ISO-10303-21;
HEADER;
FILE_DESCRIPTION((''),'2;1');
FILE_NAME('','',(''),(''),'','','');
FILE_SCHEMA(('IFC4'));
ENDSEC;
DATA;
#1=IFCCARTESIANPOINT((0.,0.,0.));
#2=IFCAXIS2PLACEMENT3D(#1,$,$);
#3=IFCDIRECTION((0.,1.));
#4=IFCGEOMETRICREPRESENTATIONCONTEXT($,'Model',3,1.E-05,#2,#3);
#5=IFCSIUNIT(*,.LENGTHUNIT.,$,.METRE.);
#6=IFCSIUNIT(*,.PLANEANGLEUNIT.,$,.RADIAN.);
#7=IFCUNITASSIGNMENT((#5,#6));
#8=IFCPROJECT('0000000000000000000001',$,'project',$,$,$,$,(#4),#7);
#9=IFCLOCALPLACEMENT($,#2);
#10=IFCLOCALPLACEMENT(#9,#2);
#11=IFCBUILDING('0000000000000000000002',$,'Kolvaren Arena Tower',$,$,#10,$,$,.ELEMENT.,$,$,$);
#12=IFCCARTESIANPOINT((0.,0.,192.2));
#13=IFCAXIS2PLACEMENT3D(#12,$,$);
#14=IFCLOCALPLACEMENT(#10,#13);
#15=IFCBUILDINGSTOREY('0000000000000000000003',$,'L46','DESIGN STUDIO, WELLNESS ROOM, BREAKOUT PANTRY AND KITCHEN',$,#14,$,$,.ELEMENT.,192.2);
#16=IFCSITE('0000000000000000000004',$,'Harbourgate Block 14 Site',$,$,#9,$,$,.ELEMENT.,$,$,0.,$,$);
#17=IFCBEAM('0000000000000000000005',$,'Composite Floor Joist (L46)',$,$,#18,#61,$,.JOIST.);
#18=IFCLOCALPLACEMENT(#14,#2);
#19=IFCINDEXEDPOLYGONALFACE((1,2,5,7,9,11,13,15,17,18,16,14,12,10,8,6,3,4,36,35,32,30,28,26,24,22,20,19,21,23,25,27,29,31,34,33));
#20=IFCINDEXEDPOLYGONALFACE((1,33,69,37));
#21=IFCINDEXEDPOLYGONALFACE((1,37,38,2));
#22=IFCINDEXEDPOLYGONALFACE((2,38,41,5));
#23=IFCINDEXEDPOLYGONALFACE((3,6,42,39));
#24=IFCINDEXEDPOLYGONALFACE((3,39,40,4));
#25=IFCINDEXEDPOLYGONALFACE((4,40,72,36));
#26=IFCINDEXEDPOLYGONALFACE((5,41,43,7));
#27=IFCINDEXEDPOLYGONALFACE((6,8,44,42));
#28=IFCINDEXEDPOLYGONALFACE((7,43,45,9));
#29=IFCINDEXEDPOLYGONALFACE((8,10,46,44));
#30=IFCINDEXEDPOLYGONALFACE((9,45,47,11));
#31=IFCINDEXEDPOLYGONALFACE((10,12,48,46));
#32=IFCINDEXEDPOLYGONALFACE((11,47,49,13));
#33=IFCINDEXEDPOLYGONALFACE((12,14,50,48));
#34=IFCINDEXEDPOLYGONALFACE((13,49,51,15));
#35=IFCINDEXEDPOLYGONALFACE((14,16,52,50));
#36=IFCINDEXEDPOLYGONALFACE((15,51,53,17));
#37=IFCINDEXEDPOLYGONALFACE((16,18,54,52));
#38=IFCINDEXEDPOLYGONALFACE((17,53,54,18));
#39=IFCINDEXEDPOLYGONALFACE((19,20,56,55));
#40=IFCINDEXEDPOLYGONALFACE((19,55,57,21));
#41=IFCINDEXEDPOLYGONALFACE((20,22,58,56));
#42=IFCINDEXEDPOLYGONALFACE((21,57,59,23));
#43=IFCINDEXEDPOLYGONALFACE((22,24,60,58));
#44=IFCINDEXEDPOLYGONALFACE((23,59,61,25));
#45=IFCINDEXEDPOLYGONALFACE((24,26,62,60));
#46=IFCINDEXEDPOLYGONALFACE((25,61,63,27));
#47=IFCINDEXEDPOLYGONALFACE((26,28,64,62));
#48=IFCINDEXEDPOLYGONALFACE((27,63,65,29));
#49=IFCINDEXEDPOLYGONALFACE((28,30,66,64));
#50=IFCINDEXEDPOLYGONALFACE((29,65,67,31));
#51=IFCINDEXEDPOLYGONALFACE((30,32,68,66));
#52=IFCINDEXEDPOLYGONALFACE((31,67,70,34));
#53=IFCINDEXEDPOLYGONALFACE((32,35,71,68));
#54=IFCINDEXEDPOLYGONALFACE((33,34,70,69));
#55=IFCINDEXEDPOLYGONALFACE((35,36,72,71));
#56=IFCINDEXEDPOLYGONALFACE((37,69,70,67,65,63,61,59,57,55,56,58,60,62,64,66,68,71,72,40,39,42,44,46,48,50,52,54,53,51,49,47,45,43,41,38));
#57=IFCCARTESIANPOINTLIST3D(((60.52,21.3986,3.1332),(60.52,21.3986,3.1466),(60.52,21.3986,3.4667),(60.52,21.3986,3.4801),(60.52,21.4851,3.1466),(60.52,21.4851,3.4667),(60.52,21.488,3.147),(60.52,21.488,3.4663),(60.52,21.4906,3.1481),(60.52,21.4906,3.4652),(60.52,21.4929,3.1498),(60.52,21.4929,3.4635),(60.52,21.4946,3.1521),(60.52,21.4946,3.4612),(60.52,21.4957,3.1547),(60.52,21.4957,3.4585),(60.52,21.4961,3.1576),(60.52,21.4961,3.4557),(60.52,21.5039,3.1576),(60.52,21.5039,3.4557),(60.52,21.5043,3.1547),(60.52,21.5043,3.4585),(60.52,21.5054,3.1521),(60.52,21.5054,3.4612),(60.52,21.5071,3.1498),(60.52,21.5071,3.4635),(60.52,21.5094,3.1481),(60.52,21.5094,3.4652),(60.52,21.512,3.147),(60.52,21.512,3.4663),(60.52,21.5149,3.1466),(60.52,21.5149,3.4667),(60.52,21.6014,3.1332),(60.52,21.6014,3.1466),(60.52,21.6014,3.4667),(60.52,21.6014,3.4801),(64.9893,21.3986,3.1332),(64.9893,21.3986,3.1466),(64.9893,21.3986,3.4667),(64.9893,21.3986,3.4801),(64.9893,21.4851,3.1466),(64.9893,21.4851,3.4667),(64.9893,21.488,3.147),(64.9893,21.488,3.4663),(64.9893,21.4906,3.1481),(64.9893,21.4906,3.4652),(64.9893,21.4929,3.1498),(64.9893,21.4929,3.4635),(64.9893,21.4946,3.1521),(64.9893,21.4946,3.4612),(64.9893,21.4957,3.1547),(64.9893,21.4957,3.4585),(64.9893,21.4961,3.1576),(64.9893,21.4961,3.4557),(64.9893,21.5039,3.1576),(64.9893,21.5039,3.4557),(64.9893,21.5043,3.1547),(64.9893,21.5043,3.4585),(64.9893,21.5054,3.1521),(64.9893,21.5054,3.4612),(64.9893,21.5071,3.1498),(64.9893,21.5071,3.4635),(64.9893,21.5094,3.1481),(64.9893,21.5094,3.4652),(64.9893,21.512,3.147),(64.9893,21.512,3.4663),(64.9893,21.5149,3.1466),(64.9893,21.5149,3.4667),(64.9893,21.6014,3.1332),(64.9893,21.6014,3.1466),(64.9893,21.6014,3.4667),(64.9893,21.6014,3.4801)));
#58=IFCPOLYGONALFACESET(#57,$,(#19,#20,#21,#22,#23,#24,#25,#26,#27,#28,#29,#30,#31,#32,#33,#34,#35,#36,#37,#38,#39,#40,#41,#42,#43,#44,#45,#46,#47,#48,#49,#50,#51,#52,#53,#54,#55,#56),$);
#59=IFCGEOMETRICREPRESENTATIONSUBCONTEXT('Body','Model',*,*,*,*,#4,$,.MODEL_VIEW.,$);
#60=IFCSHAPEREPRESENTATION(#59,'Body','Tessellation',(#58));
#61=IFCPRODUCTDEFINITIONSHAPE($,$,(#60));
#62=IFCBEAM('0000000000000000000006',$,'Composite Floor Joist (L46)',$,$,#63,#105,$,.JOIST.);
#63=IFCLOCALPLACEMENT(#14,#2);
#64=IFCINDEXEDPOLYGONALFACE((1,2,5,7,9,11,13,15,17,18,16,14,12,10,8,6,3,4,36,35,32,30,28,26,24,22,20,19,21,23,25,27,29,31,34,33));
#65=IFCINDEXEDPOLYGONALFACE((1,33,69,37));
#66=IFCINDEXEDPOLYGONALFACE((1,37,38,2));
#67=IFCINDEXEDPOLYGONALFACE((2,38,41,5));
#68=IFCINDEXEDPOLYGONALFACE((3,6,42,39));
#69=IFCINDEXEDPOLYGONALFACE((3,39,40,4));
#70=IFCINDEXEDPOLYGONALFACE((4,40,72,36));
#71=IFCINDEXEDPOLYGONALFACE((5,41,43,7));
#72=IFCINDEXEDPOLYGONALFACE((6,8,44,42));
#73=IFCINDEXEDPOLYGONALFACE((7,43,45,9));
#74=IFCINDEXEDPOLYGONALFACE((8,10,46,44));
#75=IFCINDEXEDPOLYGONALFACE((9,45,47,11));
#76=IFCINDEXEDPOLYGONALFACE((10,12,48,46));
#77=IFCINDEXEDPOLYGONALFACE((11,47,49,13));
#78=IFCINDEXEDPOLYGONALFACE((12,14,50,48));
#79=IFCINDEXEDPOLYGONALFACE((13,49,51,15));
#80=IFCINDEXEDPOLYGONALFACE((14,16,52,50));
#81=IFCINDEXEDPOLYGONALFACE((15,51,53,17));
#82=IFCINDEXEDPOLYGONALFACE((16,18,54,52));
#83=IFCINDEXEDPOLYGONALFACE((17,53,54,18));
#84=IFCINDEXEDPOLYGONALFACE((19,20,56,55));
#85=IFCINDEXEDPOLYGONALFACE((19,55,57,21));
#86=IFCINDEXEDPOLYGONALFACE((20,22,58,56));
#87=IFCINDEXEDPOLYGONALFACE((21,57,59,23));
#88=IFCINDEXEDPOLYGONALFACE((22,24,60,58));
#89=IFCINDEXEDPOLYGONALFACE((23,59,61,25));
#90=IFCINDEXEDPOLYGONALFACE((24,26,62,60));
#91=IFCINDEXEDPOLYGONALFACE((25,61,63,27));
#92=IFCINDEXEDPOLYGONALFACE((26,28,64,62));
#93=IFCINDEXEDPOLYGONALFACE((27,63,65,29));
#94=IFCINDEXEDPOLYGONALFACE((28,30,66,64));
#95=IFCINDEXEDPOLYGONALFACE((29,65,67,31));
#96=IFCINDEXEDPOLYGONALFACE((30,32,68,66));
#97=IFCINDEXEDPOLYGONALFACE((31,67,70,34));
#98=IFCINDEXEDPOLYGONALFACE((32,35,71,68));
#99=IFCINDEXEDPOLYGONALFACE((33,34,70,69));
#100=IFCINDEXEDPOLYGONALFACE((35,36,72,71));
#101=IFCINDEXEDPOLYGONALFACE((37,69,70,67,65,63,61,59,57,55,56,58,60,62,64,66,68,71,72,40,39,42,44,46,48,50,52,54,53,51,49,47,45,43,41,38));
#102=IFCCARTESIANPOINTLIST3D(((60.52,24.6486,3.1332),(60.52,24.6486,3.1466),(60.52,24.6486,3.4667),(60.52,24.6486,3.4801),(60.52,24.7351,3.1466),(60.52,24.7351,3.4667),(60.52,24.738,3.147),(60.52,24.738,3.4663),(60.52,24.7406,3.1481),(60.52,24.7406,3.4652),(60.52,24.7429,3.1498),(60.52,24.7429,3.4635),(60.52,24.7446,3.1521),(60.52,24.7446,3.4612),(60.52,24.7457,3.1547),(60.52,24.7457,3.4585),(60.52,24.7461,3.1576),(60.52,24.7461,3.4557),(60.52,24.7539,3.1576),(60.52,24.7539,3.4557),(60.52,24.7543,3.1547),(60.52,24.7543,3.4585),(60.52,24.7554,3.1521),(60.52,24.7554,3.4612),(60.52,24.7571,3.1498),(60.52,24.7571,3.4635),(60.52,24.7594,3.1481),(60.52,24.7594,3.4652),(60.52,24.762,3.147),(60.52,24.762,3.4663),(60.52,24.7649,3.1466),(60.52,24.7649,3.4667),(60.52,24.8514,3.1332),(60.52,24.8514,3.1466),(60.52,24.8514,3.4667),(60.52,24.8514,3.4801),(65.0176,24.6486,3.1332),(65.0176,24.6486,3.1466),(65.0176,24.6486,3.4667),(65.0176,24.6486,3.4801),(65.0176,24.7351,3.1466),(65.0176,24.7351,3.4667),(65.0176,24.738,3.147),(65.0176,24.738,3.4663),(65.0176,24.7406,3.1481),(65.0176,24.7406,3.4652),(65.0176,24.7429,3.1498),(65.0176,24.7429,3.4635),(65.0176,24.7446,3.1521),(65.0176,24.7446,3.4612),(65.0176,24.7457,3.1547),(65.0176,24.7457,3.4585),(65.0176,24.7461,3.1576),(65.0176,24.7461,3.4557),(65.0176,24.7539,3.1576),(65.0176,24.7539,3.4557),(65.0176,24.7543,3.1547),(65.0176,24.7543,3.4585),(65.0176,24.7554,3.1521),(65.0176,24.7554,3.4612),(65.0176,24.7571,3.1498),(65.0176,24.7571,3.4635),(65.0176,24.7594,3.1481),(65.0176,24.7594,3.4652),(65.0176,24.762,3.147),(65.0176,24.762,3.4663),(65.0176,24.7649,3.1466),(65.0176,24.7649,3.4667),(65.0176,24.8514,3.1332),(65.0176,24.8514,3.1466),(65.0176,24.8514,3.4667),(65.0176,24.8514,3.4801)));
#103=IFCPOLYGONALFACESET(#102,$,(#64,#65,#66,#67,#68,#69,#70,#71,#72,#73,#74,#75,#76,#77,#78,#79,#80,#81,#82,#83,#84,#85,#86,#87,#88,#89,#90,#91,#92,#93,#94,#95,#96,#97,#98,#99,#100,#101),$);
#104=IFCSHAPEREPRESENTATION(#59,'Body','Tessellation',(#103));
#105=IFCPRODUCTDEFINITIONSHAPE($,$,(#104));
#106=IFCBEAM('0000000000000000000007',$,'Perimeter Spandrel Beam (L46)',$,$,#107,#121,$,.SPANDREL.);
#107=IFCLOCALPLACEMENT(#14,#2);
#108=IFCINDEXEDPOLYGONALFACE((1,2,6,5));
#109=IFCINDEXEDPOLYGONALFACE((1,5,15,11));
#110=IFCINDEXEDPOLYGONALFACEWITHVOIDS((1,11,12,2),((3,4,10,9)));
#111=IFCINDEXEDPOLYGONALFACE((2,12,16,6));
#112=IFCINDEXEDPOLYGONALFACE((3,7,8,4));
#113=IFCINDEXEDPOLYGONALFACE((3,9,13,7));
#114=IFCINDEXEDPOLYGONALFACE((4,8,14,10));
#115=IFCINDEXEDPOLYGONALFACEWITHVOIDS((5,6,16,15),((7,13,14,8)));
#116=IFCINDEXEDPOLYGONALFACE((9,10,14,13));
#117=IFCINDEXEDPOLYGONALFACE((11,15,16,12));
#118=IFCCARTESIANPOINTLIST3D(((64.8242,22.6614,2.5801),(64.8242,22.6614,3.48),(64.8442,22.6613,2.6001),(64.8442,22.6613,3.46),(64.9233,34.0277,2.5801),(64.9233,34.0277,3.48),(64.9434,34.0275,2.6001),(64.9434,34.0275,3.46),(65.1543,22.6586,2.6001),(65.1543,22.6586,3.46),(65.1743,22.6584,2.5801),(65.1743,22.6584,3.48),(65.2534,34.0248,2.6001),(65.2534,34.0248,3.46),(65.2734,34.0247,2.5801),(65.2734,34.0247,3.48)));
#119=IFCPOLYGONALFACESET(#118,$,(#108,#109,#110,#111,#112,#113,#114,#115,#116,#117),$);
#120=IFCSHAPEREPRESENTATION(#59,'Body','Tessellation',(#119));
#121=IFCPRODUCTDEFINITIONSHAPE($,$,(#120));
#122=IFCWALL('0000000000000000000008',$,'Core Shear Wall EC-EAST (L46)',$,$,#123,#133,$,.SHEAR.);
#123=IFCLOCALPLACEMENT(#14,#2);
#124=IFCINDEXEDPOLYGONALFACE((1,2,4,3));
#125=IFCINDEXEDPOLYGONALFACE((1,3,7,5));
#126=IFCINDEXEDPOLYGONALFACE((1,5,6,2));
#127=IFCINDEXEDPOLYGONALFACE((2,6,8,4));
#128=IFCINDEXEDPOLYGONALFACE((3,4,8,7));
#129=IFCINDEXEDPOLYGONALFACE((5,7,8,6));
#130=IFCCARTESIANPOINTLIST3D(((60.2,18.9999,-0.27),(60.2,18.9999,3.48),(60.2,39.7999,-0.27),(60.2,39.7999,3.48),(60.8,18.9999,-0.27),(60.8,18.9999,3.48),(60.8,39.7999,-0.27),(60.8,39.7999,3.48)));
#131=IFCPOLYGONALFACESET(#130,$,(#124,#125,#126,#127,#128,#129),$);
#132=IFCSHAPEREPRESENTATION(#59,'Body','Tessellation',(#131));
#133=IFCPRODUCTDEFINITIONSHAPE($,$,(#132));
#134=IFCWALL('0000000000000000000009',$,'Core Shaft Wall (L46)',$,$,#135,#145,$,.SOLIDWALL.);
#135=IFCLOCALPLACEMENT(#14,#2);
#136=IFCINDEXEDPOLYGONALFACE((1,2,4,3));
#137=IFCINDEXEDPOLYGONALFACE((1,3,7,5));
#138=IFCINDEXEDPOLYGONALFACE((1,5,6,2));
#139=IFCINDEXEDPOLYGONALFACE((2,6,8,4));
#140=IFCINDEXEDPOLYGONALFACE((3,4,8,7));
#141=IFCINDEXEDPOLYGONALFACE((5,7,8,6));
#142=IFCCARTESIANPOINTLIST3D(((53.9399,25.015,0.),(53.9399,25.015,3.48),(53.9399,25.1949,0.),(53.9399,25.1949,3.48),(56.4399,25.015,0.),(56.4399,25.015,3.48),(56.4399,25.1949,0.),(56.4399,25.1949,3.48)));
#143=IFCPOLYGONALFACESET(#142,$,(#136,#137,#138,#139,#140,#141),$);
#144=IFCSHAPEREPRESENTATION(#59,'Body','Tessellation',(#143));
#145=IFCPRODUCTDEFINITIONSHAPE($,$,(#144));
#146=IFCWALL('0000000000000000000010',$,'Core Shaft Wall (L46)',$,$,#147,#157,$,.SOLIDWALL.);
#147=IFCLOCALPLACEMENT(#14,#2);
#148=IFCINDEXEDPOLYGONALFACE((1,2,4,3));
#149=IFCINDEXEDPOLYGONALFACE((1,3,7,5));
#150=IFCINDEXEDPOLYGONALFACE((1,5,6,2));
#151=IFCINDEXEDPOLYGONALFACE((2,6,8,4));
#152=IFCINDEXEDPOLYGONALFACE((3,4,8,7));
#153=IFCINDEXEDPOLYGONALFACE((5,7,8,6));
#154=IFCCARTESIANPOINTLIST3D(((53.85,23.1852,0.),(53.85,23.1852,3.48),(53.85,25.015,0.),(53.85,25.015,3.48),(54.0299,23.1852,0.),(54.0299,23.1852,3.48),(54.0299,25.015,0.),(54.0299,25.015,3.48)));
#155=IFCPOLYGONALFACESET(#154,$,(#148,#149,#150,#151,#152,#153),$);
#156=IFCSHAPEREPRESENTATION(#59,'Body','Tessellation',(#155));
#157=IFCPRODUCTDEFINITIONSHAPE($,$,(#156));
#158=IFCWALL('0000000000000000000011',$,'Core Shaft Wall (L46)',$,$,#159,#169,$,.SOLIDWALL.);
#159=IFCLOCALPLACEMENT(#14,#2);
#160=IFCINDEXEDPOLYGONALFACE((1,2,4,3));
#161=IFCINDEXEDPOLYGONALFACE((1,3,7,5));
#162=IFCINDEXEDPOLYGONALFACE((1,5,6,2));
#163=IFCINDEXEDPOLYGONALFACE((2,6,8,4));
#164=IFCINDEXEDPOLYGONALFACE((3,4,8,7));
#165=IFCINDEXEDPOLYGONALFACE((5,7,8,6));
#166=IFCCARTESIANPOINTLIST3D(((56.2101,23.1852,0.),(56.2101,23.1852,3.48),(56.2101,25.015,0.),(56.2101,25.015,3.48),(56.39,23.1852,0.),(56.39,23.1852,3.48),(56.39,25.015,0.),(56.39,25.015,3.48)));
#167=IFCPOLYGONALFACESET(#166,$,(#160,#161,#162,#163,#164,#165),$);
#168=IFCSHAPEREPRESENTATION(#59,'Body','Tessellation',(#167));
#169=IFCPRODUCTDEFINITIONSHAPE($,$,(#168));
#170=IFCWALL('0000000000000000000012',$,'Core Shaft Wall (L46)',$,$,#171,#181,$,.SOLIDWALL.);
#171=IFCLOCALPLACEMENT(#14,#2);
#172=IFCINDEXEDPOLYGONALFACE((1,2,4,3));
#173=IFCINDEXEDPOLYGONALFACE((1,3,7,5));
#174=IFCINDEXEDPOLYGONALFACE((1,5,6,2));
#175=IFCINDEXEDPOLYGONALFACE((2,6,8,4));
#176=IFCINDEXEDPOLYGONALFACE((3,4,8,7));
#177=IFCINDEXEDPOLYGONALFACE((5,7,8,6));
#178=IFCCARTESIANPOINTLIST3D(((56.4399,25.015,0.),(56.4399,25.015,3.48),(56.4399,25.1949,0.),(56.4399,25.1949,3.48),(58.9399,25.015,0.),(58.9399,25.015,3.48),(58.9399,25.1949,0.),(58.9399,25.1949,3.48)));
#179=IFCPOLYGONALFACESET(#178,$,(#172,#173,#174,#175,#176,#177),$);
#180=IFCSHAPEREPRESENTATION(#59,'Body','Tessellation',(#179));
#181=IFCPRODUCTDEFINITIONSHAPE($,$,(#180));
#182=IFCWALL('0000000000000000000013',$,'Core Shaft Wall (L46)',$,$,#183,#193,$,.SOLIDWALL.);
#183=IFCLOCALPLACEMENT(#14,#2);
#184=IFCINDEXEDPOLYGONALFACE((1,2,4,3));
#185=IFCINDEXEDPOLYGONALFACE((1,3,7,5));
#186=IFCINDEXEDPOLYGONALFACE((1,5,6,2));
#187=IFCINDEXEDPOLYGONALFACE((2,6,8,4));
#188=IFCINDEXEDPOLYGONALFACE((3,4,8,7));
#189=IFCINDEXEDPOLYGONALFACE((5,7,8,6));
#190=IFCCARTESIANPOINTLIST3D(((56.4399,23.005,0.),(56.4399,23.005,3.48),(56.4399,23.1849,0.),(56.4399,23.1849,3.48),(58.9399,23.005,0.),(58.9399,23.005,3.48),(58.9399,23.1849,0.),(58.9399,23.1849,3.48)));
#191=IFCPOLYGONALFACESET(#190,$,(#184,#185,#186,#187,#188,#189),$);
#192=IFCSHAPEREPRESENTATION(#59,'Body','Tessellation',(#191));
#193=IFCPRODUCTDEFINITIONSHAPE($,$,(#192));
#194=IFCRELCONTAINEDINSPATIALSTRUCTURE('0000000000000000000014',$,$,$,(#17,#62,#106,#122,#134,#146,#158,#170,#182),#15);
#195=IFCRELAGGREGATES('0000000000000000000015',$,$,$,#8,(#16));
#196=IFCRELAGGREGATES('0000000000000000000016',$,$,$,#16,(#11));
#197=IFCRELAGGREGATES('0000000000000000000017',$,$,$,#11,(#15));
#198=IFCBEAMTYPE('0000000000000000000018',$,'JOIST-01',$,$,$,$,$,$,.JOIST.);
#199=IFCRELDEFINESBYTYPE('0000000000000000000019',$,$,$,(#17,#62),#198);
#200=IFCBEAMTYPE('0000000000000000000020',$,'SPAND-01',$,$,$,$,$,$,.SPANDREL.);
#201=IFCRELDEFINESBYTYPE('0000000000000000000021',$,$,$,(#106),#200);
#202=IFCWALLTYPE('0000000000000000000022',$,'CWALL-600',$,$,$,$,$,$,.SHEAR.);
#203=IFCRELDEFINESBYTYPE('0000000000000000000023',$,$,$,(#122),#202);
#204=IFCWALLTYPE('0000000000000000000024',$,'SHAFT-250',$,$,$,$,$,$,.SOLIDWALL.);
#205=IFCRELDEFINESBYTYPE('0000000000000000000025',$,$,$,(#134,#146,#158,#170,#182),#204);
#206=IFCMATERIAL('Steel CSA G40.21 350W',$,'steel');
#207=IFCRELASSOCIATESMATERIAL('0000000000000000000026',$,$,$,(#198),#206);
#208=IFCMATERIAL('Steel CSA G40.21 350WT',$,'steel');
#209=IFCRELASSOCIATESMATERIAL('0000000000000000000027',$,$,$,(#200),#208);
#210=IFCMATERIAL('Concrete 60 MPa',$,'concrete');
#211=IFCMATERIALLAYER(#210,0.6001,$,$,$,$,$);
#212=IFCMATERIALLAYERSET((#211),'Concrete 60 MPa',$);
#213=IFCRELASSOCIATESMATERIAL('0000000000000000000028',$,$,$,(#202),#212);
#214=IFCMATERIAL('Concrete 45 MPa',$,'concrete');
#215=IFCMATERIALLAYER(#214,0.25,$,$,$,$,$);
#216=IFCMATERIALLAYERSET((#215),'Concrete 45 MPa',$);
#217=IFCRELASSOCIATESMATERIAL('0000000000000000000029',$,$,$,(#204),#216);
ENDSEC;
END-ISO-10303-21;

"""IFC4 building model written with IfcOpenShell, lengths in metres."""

from ifc_helpers import new_model, si_unit, direction, frame, frame_2d, origin, origin_2d, place, context, subcontext, project, spatial, rectangle, hollow_rectangle, i_section, extrude, material, layer, layer_set, material_profile, profile_set, type_object, element, save


model = new_model("IFC4")

# Units and contexts
model_context = context("Model", 3, precision=1e-05, world=origin(), true_north=direction((0.0, 1.0)))
body_context = subcontext(model_context, "Body", "Model", "MODEL_VIEW")
ifc_project = project(units=[si_unit("LENGTHUNIT", "METRE"), si_unit("PLANEANGLEUNIT", "RADIAN")], contexts=[model_context])

# Site, building, storey
site_placement = place(None, origin())
site = spatial("IfcSite", under=ifc_project, at=site_placement, Name="Harbourgate Block 14 Site", CompositionType="ELEMENT", RefElevation=0.0)
building_placement = place(site_placement, origin())
building = spatial("IfcBuilding", under=site, at=building_placement, Name="Kolvaren Arena Tower", CompositionType="ELEMENT")
storey_placement = place(building_placement, frame((0.0, 0.0, 192.2)))
storey = spatial("IfcBuildingStorey", under=building, at=storey_placement, Name="L46", Description="DESIGN STUDIO, WELLNESS ROOM, BREAKOUT PANTRY AND KITCHEN", CompositionType="ELEMENT", Elevation=192.2)

# Beams
ifc_material_1 = material(Name="Steel CSA G40.21 350W", Category="steel")
ifc_material_profile_1 = material_profile(ifc_material_1, i_section(OverallWidth=0.2029, OverallDepth=0.3469, WebThickness=0.0078, FlangeThickness=0.0134, FilletRadius=0.011, at=origin_2d()), Name="W360x64")
ifc_profile_set_1 = profile_set([ifc_material_profile_1], Name="Steel CSA G40.21 350W")
beam_type_1 = type_object("IfcBeamType", Name="JOIST-01", PredefinedType="JOIST", material=ifc_profile_set_1)
beam_1_placement = place(storey_placement, frame((60.52, 21.5, 3.3066), z_axis=(1.0, 0.0, 0.0), x_axis=(0.0, 1.0, 0.0)))
element("IfcBeam", 1, at=beam_1_placement, inside=storey, type_object=beam_type_1, Name="Composite Floor Joist (L46)", PredefinedType="JOIST", context=body_context, shape_type="SweptSolid", body=[
    extrude(i_section(OverallWidth=0.2029, OverallDepth=0.3469, WebThickness=0.0078, FlangeThickness=0.0134, FilletRadius=0.011, at=origin_2d()), origin(), (0.0, 0.0, 1.0), 4.4692),
])
beam_2_placement = place(storey_placement, frame((60.52, 24.75, 3.3066), z_axis=(1.0, 0.0, 0.0), x_axis=(0.0, 1.0, 0.0)))
element("IfcBeam", 2, at=beam_2_placement, inside=storey, type_object=beam_type_1, Name="Composite Floor Joist (L46)", PredefinedType="JOIST", context=body_context, shape_type="SweptSolid", body=[
    extrude(i_section(OverallWidth=0.2029, OverallDepth=0.3469, WebThickness=0.0078, FlangeThickness=0.0134, FilletRadius=0.011, at=origin_2d()), origin(), (0.0, 0.0, 1.0), 4.4976),
])
ifc_material_2 = material(Name="Steel CSA G40.21 350WT", Category="steel")
ifc_material_profile_2 = material_profile(ifc_material_2, hollow_rectangle(XDim=0.3501, YDim=0.8999, WallThickness=0.02, at=origin_2d()), Name="HSS 900x350x20")
ifc_profile_set_2 = profile_set([ifc_material_profile_2], Name="Steel CSA G40.21 350WT")
beam_type_2 = type_object("IfcBeamType", Name="SPAND-01", PredefinedType="SPANDREL", material=ifc_profile_set_2)
beam_3_placement = place(storey_placement, frame((64.9993, 22.6599, 3.03), z_axis=(0.00872, 0.999962, 0.0), x_axis=(-0.999962, 0.00872, 0.0)))
element("IfcBeam", 3, at=beam_3_placement, inside=storey, type_object=beam_type_2, Name="Perimeter Spandrel Beam (L46)", PredefinedType="SPANDREL", context=body_context, shape_type="SweptSolid", body=[
    extrude(hollow_rectangle(XDim=0.3501, YDim=0.8999, WallThickness=0.02, at=origin_2d()), origin(), (0.0, 0.0, 1.0), 11.3667),
])

# Walls
ifc_material_3 = material(Name="Concrete 60 MPa", Category="concrete")
ifc_layer_1 = layer(ifc_material_3, 0.6001)
ifc_layer_set_1 = layer_set([ifc_layer_1], Name="Concrete 60 MPa")
wall_type_1 = type_object("IfcWallType", Name="CWALL-600", PredefinedType="SHEAR", material=ifc_layer_set_1)
wall_1_placement = place(storey_placement, frame((60.5, 19.0, -0.27), z_axis=(0.0, 0.0, 1.0), x_axis=(0.0, 1.0, 0.0)))
element("IfcWall", 4, at=wall_1_placement, inside=storey, type_object=wall_type_1, Name="Core Shear Wall EC-EAST (L46)", PredefinedType="SHEAR", context=body_context, shape_type="SweptSolid", body=[
    extrude(rectangle(XDim=20.8, YDim=0.6001, at=frame_2d((10.3999, 0.0))), origin(), (0.0, 0.0, 1.0), 3.75),
])
ifc_material_4 = material(Name="Concrete 45 MPa", Category="concrete")
ifc_layer_2 = layer(ifc_material_4, 0.25)
ifc_layer_set_2 = layer_set([ifc_layer_2], Name="Concrete 45 MPa")
wall_type_2 = type_object("IfcWallType", Name="SHAFT-250", PredefinedType="SOLIDWALL", material=ifc_layer_set_2)
wall_2_placement = place(storey_placement, frame((53.9399, 25.105, 0.0), z_axis=(0.0, 0.0, 1.0), x_axis=(1.0, 0.0, 0.0)))
element("IfcWall", 5, at=wall_2_placement, inside=storey, type_object=wall_type_2, Name="Core Shaft Wall (L46)", PredefinedType="SOLIDWALL", context=body_context, shape_type="SweptSolid", body=[
    extrude(rectangle(XDim=2.5, YDim=0.1799, at=frame_2d((1.25, 0.0))), origin(), (0.0, 0.0, 1.0), 3.48),
])
for number, where, z_axis, x_axis, name in (
    (6, (53.9399, 23.1851, 0.0), (0.0, 0.0, 1.0), (0.0, 1.0, 0.0), "Core Shaft Wall (L46)"),
    (7, (56.3, 23.1851, 0.0), (0.0, 0.0, 1.0), (0.0, 1.0, 0.0), "Core Shaft Wall (L46)"),
):
    element("IfcWall", number, at=place(storey_placement, frame(where, z_axis=z_axis, x_axis=x_axis)), inside=storey, type_object=wall_type_2, Name=name, PredefinedType="SOLIDWALL", context=body_context, shape_type="SweptSolid", body=[
        extrude(rectangle(XDim=1.8298, YDim=0.1799, at=frame_2d((0.915, 0.0))), origin(), (0.0, 0.0, 1.0), 3.48),
    ])
for number, where, z_axis, x_axis, name in (
    (8, (56.4399, 25.105, 0.0), (0.0, 0.0, 1.0), (1.0, 0.0, 0.0), "Core Shaft Wall (L46)"),
    (9, (56.4399, 23.095, 0.0), (0.0, 0.0, 1.0), (1.0, 0.0, 0.0), "Core Shaft Wall (L46)"),
):
    element("IfcWall", number, at=place(storey_placement, frame(where, z_axis=z_axis, x_axis=x_axis)), inside=storey, type_object=wall_type_2, Name=name, PredefinedType="SOLIDWALL", context=body_context, shape_type="SweptSolid", body=[
        extrude(rectangle(XDim=2.5, YDim=0.1799, at=frame_2d((1.25, 0.0))), origin(), (0.0, 0.0, 1.0), 3.48),
    ])

save(model, "model.ifc")
